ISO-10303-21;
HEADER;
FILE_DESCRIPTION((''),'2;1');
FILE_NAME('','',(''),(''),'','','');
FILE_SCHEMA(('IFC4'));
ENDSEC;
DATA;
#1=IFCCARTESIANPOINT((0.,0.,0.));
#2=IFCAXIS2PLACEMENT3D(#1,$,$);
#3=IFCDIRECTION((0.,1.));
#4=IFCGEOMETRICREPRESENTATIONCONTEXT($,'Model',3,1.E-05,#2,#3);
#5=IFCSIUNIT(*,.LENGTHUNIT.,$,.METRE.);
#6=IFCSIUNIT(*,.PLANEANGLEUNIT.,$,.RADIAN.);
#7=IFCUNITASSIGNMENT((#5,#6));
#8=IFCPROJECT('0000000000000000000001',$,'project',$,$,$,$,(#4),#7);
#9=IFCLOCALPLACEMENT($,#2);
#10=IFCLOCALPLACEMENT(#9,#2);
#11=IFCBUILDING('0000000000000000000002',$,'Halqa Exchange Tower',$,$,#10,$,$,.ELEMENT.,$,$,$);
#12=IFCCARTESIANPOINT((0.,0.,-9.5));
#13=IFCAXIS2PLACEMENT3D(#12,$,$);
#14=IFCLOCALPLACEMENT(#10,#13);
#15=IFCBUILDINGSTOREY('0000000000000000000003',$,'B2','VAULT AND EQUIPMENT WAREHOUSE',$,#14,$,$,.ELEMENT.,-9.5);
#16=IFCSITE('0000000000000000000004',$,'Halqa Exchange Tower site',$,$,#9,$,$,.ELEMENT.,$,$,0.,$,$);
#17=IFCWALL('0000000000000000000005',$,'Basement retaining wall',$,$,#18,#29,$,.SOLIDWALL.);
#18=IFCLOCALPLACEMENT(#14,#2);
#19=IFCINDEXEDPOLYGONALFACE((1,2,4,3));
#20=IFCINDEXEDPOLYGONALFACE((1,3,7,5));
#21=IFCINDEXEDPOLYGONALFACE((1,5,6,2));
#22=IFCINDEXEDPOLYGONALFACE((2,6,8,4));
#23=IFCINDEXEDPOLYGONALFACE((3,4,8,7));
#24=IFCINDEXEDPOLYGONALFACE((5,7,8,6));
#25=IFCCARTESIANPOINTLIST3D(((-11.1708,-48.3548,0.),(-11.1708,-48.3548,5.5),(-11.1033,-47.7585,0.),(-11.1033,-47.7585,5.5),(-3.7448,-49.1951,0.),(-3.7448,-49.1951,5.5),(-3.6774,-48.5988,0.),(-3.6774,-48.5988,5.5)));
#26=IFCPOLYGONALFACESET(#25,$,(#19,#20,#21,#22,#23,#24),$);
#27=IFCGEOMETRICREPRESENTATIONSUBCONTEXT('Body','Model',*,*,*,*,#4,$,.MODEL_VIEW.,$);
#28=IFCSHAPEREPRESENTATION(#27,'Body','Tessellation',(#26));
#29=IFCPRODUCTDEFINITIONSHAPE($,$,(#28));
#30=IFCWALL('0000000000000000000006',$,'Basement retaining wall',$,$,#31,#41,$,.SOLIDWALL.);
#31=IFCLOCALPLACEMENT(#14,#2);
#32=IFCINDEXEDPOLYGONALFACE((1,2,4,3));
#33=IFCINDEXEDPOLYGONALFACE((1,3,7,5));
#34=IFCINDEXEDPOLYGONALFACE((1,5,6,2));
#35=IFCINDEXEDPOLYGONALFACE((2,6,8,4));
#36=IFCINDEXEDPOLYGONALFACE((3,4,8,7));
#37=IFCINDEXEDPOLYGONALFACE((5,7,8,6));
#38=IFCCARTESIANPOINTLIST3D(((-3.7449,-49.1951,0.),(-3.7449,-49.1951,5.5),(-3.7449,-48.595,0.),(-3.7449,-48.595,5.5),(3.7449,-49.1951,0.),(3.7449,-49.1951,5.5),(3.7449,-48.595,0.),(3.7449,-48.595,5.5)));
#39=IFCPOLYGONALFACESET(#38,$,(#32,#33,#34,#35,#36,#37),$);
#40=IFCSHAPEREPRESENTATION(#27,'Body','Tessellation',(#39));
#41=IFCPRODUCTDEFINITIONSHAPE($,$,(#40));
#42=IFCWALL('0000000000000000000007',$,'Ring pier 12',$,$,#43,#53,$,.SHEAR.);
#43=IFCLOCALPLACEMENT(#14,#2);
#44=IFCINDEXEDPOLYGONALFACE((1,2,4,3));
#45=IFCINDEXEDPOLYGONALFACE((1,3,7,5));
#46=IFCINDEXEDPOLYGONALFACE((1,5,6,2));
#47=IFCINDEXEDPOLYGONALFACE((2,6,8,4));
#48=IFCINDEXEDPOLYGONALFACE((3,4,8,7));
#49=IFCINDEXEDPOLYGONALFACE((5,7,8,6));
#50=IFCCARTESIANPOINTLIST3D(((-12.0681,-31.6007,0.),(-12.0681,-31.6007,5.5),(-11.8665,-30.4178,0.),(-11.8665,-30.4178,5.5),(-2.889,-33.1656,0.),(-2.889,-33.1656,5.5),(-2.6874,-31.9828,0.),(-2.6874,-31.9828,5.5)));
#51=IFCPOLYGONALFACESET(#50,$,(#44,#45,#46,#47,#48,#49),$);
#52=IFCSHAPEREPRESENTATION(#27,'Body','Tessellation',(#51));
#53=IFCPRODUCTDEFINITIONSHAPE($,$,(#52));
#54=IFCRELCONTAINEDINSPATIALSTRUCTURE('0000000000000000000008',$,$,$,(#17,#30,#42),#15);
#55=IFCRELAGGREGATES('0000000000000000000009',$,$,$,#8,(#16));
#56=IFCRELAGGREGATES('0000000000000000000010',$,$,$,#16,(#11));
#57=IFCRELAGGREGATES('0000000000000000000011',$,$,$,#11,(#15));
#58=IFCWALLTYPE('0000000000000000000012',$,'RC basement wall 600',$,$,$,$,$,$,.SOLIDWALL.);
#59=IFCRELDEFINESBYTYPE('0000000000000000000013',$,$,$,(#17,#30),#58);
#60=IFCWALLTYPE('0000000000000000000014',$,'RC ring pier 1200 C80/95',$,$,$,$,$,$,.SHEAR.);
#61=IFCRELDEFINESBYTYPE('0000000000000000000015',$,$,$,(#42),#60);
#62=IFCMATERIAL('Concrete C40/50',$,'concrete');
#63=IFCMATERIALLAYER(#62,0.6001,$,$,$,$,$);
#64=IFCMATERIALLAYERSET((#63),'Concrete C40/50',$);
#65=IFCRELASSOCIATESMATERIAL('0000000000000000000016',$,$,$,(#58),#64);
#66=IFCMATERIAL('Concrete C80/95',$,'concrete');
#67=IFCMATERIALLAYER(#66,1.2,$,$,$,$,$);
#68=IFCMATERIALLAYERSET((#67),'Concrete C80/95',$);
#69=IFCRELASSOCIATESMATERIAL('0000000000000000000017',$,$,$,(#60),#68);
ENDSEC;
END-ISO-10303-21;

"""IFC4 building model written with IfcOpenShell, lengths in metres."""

from ifc_helpers import new_model, si_unit, direction, frame, frame_2d, origin, place, context, subcontext, project, spatial, rectangle, extrude, material, layer, layer_set, type_object, element, save


model = new_model("IFC4")

# Units and contexts
model_context = context("Model", 3, precision=1e-05, world=origin(), true_north=direction((0.0, 1.0)))
body_context = subcontext(model_context, "Body", "Model", "MODEL_VIEW")
ifc_project = project(units=[si_unit("LENGTHUNIT", "METRE"), si_unit("PLANEANGLEUNIT", "RADIAN")], contexts=[model_context])

# Site, building, storey
site_placement = place(None, origin())
site = spatial("IfcSite", under=ifc_project, at=site_placement, Name="Halqa Exchange Tower site", CompositionType="ELEMENT", RefElevation=0.0)
building_placement = place(site_placement, origin())
building = spatial("IfcBuilding", under=site, at=building_placement, Name="Halqa Exchange Tower", CompositionType="ELEMENT")
storey_placement = place(building_placement, frame((0.0, 0.0, -9.5)))
storey = spatial("IfcBuildingStorey", under=building, at=storey_placement, Name="B2", Description="VAULT AND EQUIPMENT WAREHOUSE", CompositionType="ELEMENT", Elevation=-9.5)

# Walls
ifc_material_1 = material(Name="Concrete C40/50", Category="concrete")
ifc_layer_1 = layer(ifc_material_1, 0.6001)
ifc_layer_set_1 = layer_set([ifc_layer_1], Name="Concrete C40/50")
wall_type_1 = type_object("IfcWallType", Name="RC basement wall 600", PredefinedType="SOLIDWALL", material=ifc_layer_set_1)
wall_1_placement = place(storey_placement, frame((-11.1372, -48.0566, 0.0), z_axis=(0.0, 0.0, 1.0), x_axis=(0.993658, -0.112443, 0.0)))
element("IfcWall", 1, at=wall_1_placement, inside=storey, type_object=wall_type_1, Name="Basement retaining wall", PredefinedType="SOLIDWALL", context=body_context, shape_type="SweptSolid", body=[
    extrude(rectangle(XDim=7.4734, YDim=0.6001, at=frame_2d((3.7368, 0.0))), origin(), (0.0, 0.0, 1.0), 5.5),
])
wall_2_placement = place(storey_placement, frame((-3.7449, -48.895, 0.0), z_axis=(0.0, 0.0, 1.0), x_axis=(1.0, 0.0, 0.0)))
element("IfcWall", 2, at=wall_2_placement, inside=storey, type_object=wall_type_1, Name="Basement retaining wall", PredefinedType="SOLIDWALL", context=body_context, shape_type="SweptSolid", body=[
    extrude(rectangle(XDim=7.4897, YDim=0.6001, at=frame_2d((3.7449, 0.0))), origin(), (0.0, 0.0, 1.0), 5.5),
])
ifc_material_2 = material(Name="Concrete C80/95", Category="concrete")
ifc_layer_2 = layer(ifc_material_2, 1.2)
ifc_layer_set_2 = layer_set([ifc_layer_2], Name="Concrete C80/95")
wall_type_2 = type_object("IfcWallType", Name="RC ring pier 1200 C80/95", PredefinedType="SHEAR", material=ifc_layer_set_2)
wall_3_placement = place(storey_placement, frame((-11.9673, -31.0093, 0.0), z_axis=(0.0, 0.0, 1.0), x_axis=(0.985776, -0.168063, 0.0)))
element("IfcWall", 3, at=wall_3_placement, inside=storey, type_object=wall_type_2, Name="Ring pier 12", PredefinedType="SHEAR", context=body_context, shape_type="SweptSolid", body=[
    extrude(rectangle(XDim=9.3115, YDim=1.2, at=frame_2d((4.6558, 0.0))), origin(), (0.0, 0.0, 1.0), 5.5),
])

save(model, "model.ifc")
